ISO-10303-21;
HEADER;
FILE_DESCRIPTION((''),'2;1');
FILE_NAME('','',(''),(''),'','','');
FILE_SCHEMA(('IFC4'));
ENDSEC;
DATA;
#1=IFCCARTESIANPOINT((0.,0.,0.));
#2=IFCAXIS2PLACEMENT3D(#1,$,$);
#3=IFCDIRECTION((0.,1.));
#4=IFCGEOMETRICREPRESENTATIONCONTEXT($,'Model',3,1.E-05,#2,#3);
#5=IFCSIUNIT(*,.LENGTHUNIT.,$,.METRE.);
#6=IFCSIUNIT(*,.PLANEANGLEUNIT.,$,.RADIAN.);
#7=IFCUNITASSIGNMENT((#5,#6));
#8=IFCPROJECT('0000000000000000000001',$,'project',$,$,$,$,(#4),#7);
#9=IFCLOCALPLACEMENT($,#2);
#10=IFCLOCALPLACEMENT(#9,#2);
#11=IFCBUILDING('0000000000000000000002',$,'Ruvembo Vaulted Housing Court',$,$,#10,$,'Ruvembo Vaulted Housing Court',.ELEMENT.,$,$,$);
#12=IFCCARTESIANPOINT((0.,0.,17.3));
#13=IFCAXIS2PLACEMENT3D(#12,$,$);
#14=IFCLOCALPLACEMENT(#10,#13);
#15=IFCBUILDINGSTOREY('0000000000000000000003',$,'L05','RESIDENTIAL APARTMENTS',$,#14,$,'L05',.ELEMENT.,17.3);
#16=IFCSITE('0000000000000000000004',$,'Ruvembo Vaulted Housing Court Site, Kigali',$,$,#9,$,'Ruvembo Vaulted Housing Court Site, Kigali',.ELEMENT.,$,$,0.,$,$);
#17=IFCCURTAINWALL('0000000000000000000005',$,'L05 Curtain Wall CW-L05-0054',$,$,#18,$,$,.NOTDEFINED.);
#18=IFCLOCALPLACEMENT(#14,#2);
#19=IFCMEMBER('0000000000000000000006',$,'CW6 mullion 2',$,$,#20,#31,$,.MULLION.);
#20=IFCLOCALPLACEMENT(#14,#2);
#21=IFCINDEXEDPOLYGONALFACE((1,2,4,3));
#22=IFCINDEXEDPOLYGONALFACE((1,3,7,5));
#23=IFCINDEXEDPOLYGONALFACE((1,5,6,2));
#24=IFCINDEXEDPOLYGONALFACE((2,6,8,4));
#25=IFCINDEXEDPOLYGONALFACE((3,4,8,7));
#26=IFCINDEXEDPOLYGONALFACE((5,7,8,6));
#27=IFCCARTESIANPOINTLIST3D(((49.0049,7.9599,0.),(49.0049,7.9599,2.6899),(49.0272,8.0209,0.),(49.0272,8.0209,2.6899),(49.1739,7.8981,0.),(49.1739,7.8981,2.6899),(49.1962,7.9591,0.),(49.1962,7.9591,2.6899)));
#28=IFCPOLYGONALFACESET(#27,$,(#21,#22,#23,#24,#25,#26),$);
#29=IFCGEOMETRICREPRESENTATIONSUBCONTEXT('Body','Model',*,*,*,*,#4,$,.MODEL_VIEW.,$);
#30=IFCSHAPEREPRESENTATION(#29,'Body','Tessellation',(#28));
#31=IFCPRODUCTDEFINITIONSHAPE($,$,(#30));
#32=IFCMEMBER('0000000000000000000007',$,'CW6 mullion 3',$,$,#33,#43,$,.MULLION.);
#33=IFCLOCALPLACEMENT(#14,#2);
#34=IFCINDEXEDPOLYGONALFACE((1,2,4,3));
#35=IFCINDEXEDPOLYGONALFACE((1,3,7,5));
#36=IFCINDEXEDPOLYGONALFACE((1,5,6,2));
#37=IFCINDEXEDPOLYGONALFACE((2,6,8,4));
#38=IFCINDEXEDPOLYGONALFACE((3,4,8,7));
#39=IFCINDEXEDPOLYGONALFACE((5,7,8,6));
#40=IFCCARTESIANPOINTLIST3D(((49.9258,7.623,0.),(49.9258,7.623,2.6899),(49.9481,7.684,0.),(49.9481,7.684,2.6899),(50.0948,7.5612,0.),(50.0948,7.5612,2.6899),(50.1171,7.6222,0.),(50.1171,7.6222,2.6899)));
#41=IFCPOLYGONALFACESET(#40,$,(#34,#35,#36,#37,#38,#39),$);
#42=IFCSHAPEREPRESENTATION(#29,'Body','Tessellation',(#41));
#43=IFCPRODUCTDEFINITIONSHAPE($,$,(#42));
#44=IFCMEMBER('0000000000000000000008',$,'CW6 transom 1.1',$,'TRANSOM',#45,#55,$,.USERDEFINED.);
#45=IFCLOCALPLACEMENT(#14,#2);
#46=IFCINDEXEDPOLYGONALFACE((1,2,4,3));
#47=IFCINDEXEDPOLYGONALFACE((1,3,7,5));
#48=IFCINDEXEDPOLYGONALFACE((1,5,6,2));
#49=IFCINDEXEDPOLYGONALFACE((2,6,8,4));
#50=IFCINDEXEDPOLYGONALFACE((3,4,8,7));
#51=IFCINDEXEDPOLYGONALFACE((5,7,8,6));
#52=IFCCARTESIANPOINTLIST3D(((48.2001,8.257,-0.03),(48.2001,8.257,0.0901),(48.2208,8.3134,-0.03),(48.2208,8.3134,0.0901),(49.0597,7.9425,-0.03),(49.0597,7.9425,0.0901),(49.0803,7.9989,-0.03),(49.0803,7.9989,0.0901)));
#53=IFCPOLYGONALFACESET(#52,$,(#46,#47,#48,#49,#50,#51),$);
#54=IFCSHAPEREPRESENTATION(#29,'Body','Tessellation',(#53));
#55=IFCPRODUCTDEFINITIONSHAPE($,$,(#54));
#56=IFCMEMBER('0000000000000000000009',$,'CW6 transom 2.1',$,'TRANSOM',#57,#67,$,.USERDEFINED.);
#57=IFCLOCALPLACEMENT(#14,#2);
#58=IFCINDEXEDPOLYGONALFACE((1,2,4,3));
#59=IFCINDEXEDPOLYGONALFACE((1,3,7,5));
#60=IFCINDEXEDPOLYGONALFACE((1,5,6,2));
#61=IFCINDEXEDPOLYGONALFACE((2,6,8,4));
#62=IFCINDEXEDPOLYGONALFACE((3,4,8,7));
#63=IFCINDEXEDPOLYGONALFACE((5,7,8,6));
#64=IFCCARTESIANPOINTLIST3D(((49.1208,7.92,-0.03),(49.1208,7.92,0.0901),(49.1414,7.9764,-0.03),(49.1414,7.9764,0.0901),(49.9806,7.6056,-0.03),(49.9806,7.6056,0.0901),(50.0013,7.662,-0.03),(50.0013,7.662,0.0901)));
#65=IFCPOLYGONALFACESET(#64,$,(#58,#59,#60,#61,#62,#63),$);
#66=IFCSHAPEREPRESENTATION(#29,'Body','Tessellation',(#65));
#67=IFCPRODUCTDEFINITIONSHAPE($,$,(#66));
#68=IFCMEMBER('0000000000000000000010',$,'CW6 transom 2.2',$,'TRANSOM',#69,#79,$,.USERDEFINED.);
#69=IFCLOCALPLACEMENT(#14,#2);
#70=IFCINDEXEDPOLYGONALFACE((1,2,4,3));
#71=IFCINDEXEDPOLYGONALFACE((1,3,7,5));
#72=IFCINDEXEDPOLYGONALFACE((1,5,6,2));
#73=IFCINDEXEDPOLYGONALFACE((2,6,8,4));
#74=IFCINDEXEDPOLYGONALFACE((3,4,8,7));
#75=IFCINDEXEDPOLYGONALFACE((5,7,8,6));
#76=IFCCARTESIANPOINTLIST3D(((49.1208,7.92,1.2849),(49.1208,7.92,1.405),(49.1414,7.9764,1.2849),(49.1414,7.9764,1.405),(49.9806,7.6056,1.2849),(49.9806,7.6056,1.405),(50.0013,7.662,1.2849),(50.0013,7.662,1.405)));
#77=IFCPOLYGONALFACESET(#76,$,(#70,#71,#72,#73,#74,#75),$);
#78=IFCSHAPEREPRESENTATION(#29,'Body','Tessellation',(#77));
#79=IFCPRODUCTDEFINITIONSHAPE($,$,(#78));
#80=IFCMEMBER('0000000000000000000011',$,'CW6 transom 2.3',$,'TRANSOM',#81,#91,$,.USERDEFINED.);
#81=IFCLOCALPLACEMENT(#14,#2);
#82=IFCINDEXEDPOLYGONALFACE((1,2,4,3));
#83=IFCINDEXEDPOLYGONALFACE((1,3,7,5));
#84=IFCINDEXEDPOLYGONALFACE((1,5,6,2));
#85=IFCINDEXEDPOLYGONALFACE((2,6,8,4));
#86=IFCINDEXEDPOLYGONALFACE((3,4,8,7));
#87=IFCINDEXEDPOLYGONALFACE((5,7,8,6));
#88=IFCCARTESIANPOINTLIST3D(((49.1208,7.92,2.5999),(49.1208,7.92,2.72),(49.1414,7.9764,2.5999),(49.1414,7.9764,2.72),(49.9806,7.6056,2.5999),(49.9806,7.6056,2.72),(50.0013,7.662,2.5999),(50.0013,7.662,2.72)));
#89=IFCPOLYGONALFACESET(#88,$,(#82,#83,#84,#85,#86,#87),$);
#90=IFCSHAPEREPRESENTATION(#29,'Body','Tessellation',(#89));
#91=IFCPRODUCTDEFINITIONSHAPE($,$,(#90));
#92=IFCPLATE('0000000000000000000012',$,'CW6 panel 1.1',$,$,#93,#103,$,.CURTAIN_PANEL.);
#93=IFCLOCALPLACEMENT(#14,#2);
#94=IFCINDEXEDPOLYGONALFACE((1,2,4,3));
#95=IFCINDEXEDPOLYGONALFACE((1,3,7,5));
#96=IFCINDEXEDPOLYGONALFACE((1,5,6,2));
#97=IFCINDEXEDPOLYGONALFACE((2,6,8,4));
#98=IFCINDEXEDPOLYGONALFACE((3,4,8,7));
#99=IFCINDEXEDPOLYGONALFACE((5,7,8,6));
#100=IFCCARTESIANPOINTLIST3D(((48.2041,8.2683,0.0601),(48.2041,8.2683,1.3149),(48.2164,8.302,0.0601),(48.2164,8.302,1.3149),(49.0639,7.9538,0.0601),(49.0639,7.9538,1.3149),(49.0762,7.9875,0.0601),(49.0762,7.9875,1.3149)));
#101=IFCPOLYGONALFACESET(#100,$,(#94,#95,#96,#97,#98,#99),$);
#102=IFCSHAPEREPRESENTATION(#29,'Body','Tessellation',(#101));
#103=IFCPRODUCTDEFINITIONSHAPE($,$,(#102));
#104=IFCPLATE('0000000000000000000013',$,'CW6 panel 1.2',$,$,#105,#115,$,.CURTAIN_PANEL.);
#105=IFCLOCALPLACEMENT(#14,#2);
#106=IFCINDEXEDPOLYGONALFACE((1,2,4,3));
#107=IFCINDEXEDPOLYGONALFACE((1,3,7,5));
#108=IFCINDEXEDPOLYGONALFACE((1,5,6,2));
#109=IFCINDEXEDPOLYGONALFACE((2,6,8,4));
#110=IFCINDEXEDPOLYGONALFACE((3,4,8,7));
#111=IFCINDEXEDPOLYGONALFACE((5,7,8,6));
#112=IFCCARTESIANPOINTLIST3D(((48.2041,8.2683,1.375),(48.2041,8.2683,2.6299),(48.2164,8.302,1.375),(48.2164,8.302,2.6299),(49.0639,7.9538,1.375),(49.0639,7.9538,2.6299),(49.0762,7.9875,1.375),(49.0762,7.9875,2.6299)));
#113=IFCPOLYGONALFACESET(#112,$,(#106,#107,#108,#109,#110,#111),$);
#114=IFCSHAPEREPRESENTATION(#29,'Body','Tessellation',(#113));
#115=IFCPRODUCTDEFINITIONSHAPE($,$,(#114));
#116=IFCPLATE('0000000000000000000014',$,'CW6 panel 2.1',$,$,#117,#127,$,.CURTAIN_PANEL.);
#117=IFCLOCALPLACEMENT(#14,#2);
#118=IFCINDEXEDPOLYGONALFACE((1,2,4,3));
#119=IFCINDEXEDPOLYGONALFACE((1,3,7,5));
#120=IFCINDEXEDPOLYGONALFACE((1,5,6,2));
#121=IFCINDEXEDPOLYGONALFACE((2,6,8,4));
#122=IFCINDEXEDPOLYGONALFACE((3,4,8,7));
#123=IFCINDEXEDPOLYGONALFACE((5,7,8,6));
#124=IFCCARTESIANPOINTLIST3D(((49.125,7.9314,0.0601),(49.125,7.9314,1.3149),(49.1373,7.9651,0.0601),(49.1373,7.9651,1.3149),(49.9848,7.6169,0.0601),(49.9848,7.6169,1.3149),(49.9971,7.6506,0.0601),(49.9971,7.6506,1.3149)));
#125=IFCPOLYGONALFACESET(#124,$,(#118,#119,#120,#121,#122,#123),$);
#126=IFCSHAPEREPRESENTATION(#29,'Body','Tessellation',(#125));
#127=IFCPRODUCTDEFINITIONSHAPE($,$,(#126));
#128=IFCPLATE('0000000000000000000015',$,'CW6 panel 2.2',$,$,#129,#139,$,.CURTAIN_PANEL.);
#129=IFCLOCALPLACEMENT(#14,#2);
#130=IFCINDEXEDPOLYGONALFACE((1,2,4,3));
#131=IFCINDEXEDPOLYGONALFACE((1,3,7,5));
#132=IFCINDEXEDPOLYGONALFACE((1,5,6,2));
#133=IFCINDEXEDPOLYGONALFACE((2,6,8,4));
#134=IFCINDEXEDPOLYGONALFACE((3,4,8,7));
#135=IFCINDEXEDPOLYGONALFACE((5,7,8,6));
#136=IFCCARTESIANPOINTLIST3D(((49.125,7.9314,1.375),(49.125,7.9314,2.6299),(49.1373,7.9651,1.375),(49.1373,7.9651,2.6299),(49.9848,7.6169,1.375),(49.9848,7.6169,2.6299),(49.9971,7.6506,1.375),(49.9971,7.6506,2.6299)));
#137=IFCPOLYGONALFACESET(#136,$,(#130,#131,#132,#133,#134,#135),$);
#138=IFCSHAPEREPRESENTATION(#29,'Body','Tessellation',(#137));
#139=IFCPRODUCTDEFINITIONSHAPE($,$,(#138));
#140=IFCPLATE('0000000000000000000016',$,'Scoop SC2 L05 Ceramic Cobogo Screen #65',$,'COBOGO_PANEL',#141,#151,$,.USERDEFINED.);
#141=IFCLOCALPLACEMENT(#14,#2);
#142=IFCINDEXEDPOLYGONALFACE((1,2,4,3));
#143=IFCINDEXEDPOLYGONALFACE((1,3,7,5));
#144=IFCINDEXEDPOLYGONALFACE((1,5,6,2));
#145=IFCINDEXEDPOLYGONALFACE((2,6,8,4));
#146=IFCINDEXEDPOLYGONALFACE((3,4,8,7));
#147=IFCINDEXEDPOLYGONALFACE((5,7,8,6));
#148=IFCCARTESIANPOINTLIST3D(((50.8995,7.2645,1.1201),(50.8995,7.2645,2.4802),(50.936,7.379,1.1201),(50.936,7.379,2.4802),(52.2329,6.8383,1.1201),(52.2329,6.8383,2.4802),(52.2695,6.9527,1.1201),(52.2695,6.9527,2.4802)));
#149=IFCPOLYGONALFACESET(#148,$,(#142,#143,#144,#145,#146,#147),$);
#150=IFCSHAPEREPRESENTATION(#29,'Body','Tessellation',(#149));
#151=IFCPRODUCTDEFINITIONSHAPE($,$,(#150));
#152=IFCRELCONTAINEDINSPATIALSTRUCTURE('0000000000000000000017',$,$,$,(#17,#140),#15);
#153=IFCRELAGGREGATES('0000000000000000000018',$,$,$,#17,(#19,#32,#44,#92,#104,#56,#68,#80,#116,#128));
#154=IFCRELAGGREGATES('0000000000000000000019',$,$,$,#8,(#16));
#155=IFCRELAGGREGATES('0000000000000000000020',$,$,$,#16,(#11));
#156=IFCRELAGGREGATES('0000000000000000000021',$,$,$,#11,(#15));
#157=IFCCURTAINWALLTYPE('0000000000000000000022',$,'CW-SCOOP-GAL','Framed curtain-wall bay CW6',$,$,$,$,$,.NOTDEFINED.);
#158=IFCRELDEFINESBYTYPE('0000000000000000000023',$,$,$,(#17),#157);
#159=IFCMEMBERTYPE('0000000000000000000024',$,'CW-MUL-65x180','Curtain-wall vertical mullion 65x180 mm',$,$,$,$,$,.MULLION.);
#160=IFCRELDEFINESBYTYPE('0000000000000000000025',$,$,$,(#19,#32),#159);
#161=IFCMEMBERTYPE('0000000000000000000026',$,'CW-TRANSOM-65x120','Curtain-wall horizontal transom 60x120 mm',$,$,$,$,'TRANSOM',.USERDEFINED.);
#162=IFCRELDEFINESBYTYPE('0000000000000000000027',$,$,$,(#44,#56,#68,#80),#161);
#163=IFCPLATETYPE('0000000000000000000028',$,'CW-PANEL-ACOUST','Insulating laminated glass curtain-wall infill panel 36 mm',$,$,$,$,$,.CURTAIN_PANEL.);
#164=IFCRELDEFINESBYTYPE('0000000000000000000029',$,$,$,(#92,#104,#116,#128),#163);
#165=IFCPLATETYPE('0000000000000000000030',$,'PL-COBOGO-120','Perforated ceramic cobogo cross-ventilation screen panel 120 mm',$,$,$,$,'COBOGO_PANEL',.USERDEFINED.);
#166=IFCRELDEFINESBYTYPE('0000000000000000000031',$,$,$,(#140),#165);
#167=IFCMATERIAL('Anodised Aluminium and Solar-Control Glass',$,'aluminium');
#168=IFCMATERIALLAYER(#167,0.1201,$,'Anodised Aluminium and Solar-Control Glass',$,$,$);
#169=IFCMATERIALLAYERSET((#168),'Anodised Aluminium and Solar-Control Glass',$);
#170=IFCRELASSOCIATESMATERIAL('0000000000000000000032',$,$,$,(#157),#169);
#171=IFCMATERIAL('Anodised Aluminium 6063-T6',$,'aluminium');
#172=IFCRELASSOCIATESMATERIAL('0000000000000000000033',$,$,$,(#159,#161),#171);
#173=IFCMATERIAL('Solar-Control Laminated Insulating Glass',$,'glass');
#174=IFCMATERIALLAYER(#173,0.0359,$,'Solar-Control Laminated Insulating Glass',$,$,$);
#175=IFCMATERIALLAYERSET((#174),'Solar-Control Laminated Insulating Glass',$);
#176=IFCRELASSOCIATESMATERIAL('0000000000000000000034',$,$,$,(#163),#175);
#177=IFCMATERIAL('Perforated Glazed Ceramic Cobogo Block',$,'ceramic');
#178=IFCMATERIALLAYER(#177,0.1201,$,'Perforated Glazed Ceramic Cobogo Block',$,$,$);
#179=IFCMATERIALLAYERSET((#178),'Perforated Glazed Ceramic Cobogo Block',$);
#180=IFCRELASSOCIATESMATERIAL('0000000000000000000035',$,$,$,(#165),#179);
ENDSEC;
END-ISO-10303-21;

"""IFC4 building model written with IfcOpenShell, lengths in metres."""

from ifc_helpers import new_model, si_unit, direction, frame, origin, origin_2d, place, context, subcontext, project, spatial, rectangle, extrude, material, layer, layer_set, material_profile, profile_set, type_object, element, aggregate, save


model = new_model("IFC4")

# Units and contexts
model_context = context("Model", 3, precision=1e-05, world=origin(), true_north=direction((0.0, 1.0)))
body_context = subcontext(model_context, "Body", "Model", "MODEL_VIEW")
ifc_project = project(units=[si_unit("LENGTHUNIT", "METRE"), si_unit("PLANEANGLEUNIT", "RADIAN")], contexts=[model_context])

# Site, building, storey
site_placement = place(None, origin())
site = spatial("IfcSite", under=ifc_project, at=site_placement, Name="Ruvembo Vaulted Housing Court Site, Kigali", LongName="Ruvembo Vaulted Housing Court Site, Kigali", CompositionType="ELEMENT", RefElevation=0.0)
building_placement = place(site_placement, origin())
building = spatial("IfcBuilding", under=site, at=building_placement, Name="Ruvembo Vaulted Housing Court", LongName="Ruvembo Vaulted Housing Court", CompositionType="ELEMENT")
storey_placement = place(building_placement, frame((0.0, 0.0, 17.3)))
storey = spatial("IfcBuildingStorey", under=building, at=storey_placement, Name="L05", Description="RESIDENTIAL APARTMENTS", LongName="L05", CompositionType="ELEMENT", Elevation=17.3)

# Curtain wall, members, plates
ifc_material_1 = material(Name="Anodised Aluminium and Solar-Control Glass", Category="aluminium")
ifc_layer_1 = layer(ifc_material_1, 0.1201, Name="Anodised Aluminium and Solar-Control Glass")
ifc_layer_set_1 = layer_set([ifc_layer_1], Name="Anodised Aluminium and Solar-Control Glass")
curtain_wall_type = type_object("IfcCurtainWallType", Name="CW-SCOOP-GAL", Description="Framed curtain-wall bay CW6", PredefinedType="NOTDEFINED", material=ifc_layer_set_1)
curtain_wall_placement = place(storey_placement, origin())
curtain_wall = element("IfcCurtainWall", 1, at=curtain_wall_placement, inside=storey, type_object=curtain_wall_type, Name="L05 Curtain Wall CW-L05-0054", PredefinedType="NOTDEFINED")
ifc_material_2 = material(Name="Anodised Aluminium 6063-T6", Category="aluminium")
ifc_material_profile_1 = material_profile(ifc_material_2, rectangle(XDim=0.0649, YDim=0.1799, at=origin_2d()), Name="ALU 65x180")
ifc_profile_set_1 = profile_set([ifc_material_profile_1], Name="Anodised Aluminium 6063-T6")
member_type_1 = type_object("IfcMemberType", Name="CW-MUL-65x180", Description="Curtain-wall vertical mullion 65x180 mm", PredefinedType="MULLION", material=ifc_profile_set_1)
member_1_placement = place(storey_placement, frame((49.1006, 7.9595, 0.0), z_axis=(0.0, 0.0, 1.0), x_axis=(0.34349, 0.939156, 0.0)))
member_1 = element("IfcMember", 2, at=member_1_placement, type_object=member_type_1, Name="CW6 mullion 2", PredefinedType="MULLION", context=body_context, shape_type="SweptSolid", body=[
    extrude(rectangle(XDim=0.0649, YDim=0.1799, at=origin_2d()), origin(), (0.0, 0.0, 1.0), 2.6899),
])
member_2_placement = place(storey_placement, frame((50.0215, 7.6226, 0.0), z_axis=(0.0, 0.0, 1.0), x_axis=(0.34349, 0.939156, 0.0)))
member_2 = element("IfcMember", 3, at=member_2_placement, type_object=member_type_1, Name="CW6 mullion 3", PredefinedType="MULLION", context=body_context, shape_type="SweptSolid", body=[
    extrude(rectangle(XDim=0.0649, YDim=0.1799, at=origin_2d()), origin(), (0.0, 0.0, 1.0), 2.6899),
])
ifc_material_profile_2 = material_profile(ifc_material_2, rectangle(XDim=0.0601, YDim=0.1201, at=origin_2d()), Name="ALU 60x120")
ifc_profile_set_2 = profile_set([ifc_material_profile_2], Name="Anodised Aluminium 6063-T6")
member_type_2 = type_object("IfcMemberType", Name="CW-TRANSOM-65x120", Description="Curtain-wall horizontal transom 60x120 mm", ElementType="TRANSOM", PredefinedType="USERDEFINED", material=ifc_profile_set_2)
member_3_placement = place(storey_placement, frame((48.2104, 8.2852, 0.03), z_axis=(0.939138, -0.343541, 0.0), x_axis=(0.343541, 0.939138, 0.0)))
member_3 = element("IfcMember", 4, at=member_3_placement, type_object=member_type_2, Name="CW6 transom 1.1", ObjectType="TRANSOM", PredefinedType="USERDEFINED", context=body_context, shape_type="SweptSolid", body=[
    extrude(rectangle(XDim=0.0601, YDim=0.1201, at=origin_2d()), origin(), (0.0, 0.0, 1.0), 0.9153),
])
member_4_placement = place(storey_placement, frame((49.1311, 7.9482, 0.03), z_axis=(0.939169, -0.343455, 0.0), x_axis=(0.343455, 0.939169, 0.0)))
member_4 = element("IfcMember", 5, at=member_4_placement, type_object=member_type_2, Name="CW6 transom 2.1", ObjectType="TRANSOM", PredefinedType="USERDEFINED", context=body_context, shape_type="SweptSolid", body=[
    extrude(rectangle(XDim=0.0601, YDim=0.1201, at=origin_2d()), origin(), (0.0, 0.0, 1.0), 0.9155),
])
member_5_placement = place(storey_placement, frame((49.1311, 7.9482, 1.345), z_axis=(0.939169, -0.343455, 0.0), x_axis=(0.343455, 0.939169, 0.0)))
member_5 = element("IfcMember", 6, at=member_5_placement, type_object=member_type_2, Name="CW6 transom 2.2", ObjectType="TRANSOM", PredefinedType="USERDEFINED", context=body_context, shape_type="SweptSolid", body=[
    extrude(rectangle(XDim=0.0601, YDim=0.1201, at=origin_2d()), origin(), (0.0, 0.0, 1.0), 0.9155),
])
member_6_placement = place(storey_placement, frame((49.1311, 7.9482, 2.6599), z_axis=(0.939169, -0.343455, 0.0), x_axis=(0.343455, 0.939169, 0.0)))
member_6 = element("IfcMember", 7, at=member_6_placement, type_object=member_type_2, Name="CW6 transom 2.3", ObjectType="TRANSOM", PredefinedType="USERDEFINED", context=body_context, shape_type="SweptSolid", body=[
    extrude(rectangle(XDim=0.0601, YDim=0.1201, at=origin_2d()), origin(), (0.0, 0.0, 1.0), 0.9155),
])
ifc_material_3 = material(Name="Solar-Control Laminated Insulating Glass", Category="glass")
ifc_layer_2 = layer(ifc_material_3, 0.0359, Name="Solar-Control Laminated Insulating Glass")
ifc_layer_set_2 = layer_set([ifc_layer_2], Name="Solar-Control Laminated Insulating Glass")
plate_type_1 = type_object("IfcPlateType", Name="CW-PANEL-ACOUST", Description="Insulating laminated glass curtain-wall infill panel 36 mm", PredefinedType="CURTAIN_PANEL", material=ifc_layer_set_2)
plate_1_placement = place(storey_placement, frame((48.6401, 8.1279, 0.0601), z_axis=(0.0, 0.0, 1.0), x_axis=(0.939156, -0.34349, 0.0)))
plate_1 = element("IfcPlate", 8, at=plate_1_placement, type_object=plate_type_1, Name="CW6 panel 1.1", PredefinedType="CURTAIN_PANEL", context=body_context, shape_type="SweptSolid", body=[
    extrude(rectangle(XDim=0.9155, YDim=0.0359, at=origin_2d()), origin(), (0.0, 0.0, 1.0), 1.2549),
])
plate_2_placement = place(storey_placement, frame((48.6401, 8.1279, 1.375), z_axis=(0.0, 0.0, 1.0), x_axis=(0.939156, -0.34349, 0.0)))
plate_2 = element("IfcPlate", 9, at=plate_2_placement, type_object=plate_type_1, Name="CW6 panel 1.2", PredefinedType="CURTAIN_PANEL", context=body_context, shape_type="SweptSolid", body=[
    extrude(rectangle(XDim=0.9155, YDim=0.0359, at=origin_2d()), origin(), (0.0, 0.0, 1.0), 1.2549),
])
plate_3_placement = place(storey_placement, frame((49.561, 7.791, 0.0601), z_axis=(0.0, 0.0, 1.0), x_axis=(0.939156, -0.34349, 0.0)))
plate_3 = element("IfcPlate", 10, at=plate_3_placement, type_object=plate_type_1, Name="CW6 panel 2.1", PredefinedType="CURTAIN_PANEL", context=body_context, shape_type="SweptSolid", body=[
    extrude(rectangle(XDim=0.9155, YDim=0.0359, at=origin_2d()), origin(), (0.0, 0.0, 1.0), 1.2549),
])
plate_4_placement = place(storey_placement, frame((49.561, 7.791, 1.375), z_axis=(0.0, 0.0, 1.0), x_axis=(0.939156, -0.34349, 0.0)))
plate_4 = element("IfcPlate", 11, at=plate_4_placement, type_object=plate_type_1, Name="CW6 panel 2.2", PredefinedType="CURTAIN_PANEL", context=body_context, shape_type="SweptSolid", body=[
    extrude(rectangle(XDim=0.9155, YDim=0.0359, at=origin_2d()), origin(), (0.0, 0.0, 1.0), 1.2549),
])
aggregate(curtain_wall, [member_1, member_2, member_3, plate_1, plate_2, member_4, member_5, member_6, plate_3, plate_4])

# Plate
ifc_material_4 = material(Name="Perforated Glazed Ceramic Cobogo Block", Category="ceramic")
ifc_layer_3 = layer(ifc_material_4, 0.1201, Name="Perforated Glazed Ceramic Cobogo Block")
ifc_layer_set_3 = layer_set([ifc_layer_3], Name="Perforated Glazed Ceramic Cobogo Block")
plate_type_2 = type_object("IfcPlateType", Name="PL-COBOGO-120", Description="Perforated ceramic cobogo cross-ventilation screen panel 120 mm", ElementType="COBOGO_PANEL", PredefinedType="USERDEFINED", material=ifc_layer_set_3)
plate_5_placement = place(storey_placement, frame((51.5845, 7.1086, 1.1201), z_axis=(0.0, 0.0, 1.0), x_axis=(0.952523, -0.304465, 0.0)))
element("IfcPlate", 12, at=plate_5_placement, inside=storey, type_object=plate_type_2, Name="Scoop SC2 L05 Ceramic Cobogo Screen #65", ObjectType="COBOGO_PANEL", PredefinedType="USERDEFINED", context=body_context, shape_type="SweptSolid", body=[
    extrude(rectangle(XDim=1.3999, YDim=0.1201, at=origin_2d()), origin(), (0.0, 0.0, 1.0), 1.3601),
])

save(model, "model.ifc")
